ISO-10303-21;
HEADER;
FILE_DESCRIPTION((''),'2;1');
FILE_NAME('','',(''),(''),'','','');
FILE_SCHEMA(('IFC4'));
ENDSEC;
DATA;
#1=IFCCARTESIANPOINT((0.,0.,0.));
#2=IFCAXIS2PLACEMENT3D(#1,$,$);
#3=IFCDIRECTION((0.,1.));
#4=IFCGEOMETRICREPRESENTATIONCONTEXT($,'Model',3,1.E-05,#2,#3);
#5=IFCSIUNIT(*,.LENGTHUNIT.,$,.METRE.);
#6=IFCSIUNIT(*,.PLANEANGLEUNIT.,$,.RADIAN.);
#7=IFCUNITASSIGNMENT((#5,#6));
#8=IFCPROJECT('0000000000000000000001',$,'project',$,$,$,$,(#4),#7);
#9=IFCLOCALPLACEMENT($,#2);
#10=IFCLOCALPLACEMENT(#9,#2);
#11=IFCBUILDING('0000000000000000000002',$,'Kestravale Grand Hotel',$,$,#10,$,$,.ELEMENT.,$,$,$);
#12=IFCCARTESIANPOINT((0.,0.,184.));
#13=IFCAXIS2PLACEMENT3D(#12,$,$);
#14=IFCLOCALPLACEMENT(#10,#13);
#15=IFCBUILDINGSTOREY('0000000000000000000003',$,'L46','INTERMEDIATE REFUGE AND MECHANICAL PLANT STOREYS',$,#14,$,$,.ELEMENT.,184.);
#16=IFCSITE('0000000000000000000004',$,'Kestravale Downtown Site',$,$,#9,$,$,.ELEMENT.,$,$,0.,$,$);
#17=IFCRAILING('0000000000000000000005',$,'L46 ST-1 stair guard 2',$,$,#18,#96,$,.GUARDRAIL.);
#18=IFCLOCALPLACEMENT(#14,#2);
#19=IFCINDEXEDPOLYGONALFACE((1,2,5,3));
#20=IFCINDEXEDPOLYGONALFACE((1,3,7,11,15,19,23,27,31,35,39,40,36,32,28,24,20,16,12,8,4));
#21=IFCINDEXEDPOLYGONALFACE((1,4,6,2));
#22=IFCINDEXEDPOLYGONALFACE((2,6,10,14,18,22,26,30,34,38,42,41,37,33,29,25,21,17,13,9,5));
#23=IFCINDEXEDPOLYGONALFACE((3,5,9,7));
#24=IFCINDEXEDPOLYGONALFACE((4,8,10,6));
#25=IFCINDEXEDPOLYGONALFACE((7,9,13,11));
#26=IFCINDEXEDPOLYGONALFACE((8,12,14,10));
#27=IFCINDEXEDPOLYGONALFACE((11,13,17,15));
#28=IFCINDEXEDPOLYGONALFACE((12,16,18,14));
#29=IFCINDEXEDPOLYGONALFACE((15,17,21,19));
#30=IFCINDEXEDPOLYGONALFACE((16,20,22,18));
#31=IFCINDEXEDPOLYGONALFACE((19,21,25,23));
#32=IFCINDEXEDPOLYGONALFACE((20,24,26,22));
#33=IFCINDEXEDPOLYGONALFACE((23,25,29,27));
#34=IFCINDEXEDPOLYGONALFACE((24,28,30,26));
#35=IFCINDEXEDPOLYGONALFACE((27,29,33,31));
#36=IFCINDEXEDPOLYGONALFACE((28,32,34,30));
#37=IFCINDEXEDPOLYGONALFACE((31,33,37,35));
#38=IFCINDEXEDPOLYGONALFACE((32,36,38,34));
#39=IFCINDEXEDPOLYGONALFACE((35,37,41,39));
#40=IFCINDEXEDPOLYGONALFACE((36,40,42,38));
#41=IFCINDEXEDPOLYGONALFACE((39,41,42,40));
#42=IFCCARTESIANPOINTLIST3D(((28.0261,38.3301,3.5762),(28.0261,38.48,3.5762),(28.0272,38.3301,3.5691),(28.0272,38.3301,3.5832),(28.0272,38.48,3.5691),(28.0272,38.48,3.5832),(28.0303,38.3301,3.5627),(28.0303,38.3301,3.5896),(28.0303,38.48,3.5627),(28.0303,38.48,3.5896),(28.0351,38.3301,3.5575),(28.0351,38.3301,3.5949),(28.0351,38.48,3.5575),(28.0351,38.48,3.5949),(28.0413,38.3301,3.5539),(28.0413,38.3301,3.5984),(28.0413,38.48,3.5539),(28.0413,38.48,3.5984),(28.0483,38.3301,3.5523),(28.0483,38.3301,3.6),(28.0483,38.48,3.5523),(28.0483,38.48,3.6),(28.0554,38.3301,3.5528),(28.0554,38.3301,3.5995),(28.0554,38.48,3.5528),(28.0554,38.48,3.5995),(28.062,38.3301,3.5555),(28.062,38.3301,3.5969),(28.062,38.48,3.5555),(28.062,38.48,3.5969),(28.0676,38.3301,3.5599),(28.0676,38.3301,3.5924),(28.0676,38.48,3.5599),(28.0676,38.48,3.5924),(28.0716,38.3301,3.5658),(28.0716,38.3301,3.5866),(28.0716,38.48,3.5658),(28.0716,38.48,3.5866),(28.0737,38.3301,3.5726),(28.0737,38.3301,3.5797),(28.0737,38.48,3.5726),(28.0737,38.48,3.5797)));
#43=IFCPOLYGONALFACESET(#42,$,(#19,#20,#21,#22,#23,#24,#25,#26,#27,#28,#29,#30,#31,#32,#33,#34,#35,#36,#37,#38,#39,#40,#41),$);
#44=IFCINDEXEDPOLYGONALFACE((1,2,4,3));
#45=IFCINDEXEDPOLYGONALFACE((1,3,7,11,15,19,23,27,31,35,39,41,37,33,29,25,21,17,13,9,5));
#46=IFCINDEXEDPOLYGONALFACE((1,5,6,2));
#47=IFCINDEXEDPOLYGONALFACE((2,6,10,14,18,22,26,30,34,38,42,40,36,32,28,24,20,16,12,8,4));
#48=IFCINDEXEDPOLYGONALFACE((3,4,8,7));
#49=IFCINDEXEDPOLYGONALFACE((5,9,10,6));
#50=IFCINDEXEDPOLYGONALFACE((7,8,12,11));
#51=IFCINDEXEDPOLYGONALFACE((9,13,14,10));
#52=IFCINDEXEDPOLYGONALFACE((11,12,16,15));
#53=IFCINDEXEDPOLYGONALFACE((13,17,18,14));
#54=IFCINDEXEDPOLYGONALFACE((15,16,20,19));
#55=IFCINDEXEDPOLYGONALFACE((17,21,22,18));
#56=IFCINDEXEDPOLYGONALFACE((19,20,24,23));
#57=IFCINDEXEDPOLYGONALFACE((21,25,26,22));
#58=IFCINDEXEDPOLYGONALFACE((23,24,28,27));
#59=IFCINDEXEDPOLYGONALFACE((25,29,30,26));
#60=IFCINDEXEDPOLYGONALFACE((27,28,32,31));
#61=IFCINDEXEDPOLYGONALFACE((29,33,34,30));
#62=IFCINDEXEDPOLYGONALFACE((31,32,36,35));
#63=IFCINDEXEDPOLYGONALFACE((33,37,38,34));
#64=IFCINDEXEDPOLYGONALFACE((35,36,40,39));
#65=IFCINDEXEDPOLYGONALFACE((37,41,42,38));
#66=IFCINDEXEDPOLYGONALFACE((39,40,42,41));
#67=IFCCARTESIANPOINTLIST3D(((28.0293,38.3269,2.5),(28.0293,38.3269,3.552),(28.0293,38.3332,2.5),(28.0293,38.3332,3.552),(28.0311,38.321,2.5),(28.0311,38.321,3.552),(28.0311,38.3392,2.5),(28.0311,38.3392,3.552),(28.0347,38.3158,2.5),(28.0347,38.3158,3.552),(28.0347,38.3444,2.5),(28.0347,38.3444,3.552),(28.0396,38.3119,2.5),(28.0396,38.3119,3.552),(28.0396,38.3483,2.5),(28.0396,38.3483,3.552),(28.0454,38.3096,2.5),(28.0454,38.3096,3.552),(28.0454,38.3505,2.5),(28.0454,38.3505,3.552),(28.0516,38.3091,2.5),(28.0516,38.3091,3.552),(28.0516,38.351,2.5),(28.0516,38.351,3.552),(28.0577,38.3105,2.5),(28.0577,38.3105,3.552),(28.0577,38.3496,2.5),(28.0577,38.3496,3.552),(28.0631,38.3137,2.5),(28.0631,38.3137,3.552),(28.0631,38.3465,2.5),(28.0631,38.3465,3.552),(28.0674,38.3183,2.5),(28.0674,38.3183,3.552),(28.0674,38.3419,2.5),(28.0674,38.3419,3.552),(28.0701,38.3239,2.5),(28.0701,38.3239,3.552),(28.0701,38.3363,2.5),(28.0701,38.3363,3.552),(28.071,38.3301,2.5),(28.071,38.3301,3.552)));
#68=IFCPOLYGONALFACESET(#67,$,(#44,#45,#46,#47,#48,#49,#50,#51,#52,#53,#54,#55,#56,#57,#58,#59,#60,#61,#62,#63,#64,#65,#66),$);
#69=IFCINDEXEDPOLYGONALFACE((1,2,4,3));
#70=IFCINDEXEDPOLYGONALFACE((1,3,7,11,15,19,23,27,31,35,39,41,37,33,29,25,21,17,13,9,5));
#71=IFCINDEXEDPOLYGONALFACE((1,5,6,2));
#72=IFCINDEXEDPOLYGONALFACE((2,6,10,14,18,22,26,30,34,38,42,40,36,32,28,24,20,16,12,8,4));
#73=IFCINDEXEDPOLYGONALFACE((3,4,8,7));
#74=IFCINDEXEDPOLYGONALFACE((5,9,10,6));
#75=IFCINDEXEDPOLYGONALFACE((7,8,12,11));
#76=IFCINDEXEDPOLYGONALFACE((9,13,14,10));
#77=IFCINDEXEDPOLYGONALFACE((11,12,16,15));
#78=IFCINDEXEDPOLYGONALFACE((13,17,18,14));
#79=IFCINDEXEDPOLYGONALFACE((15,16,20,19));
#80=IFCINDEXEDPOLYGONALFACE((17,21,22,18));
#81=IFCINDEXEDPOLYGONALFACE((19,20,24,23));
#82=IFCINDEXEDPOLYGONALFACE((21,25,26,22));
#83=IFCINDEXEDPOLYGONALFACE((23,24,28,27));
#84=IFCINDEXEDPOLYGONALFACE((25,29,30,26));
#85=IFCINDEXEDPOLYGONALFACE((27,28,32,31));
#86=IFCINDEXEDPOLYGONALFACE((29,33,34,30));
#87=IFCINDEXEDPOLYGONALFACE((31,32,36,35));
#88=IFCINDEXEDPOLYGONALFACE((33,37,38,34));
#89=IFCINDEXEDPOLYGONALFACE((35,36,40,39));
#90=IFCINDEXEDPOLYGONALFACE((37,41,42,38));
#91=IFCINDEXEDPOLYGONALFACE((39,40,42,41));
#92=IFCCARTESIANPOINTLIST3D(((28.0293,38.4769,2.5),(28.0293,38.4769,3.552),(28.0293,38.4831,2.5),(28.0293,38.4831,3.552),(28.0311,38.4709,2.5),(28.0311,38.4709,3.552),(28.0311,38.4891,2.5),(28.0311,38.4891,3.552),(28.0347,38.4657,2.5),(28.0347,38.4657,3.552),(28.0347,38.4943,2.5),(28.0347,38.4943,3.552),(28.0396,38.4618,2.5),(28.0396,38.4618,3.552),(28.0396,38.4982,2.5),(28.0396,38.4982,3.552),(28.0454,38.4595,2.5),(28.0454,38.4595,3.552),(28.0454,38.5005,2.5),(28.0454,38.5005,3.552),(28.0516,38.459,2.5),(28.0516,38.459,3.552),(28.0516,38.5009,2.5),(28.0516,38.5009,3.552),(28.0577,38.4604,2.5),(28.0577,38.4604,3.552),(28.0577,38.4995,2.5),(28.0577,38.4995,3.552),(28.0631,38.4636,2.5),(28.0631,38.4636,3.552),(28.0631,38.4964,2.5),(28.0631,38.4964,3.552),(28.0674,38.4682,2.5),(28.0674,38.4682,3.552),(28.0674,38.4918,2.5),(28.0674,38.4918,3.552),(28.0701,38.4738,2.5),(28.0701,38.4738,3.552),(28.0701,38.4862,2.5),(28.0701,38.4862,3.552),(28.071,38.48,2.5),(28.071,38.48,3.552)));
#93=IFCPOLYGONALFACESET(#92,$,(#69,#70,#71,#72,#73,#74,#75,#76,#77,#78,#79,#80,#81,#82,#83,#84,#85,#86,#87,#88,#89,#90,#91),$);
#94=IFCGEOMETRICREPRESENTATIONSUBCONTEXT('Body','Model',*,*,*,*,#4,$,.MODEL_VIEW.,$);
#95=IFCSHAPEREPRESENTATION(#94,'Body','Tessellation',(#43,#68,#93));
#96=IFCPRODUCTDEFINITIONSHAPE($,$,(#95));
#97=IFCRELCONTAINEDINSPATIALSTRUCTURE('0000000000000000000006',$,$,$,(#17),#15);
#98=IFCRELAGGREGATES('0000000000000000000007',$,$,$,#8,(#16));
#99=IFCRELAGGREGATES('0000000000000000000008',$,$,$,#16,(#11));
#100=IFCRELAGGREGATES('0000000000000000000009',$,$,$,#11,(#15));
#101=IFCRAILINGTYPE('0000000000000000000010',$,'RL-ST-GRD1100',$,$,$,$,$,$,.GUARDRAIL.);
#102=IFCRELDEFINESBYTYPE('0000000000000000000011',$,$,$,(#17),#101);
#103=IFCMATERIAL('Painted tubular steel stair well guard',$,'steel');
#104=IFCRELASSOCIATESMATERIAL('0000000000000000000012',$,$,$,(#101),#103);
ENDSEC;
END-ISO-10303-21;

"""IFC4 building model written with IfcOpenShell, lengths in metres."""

from ifc_helpers import new_model, si_unit, direction, frame, origin, origin_2d, place, context, subcontext, project, spatial, circle, extrude, material, type_object, element, save


model = new_model("IFC4")

# Units and contexts
model_context = context("Model", 3, precision=1e-05, world=origin(), true_north=direction((0.0, 1.0)))
body_context = subcontext(model_context, "Body", "Model", "MODEL_VIEW")
ifc_project = project(units=[si_unit("LENGTHUNIT", "METRE"), si_unit("PLANEANGLEUNIT", "RADIAN")], contexts=[model_context])

# Site, building, storey
site_placement = place(None, origin())
site = spatial("IfcSite", under=ifc_project, at=site_placement, Name="Kestravale Downtown Site", CompositionType="ELEMENT", RefElevation=0.0)
building_placement = place(site_placement, origin())
building = spatial("IfcBuilding", under=site, at=building_placement, Name="Kestravale Grand Hotel", CompositionType="ELEMENT")
storey_placement = place(building_placement, frame((0.0, 0.0, 184.0)))
storey = spatial("IfcBuildingStorey", under=building, at=storey_placement, Name="L46", Description="INTERMEDIATE REFUGE AND MECHANICAL PLANT STOREYS", CompositionType="ELEMENT", Elevation=184.0)

# Railing
ifc_material_1 = material(Name="Painted tubular steel stair well guard", Category="steel")
railing_type_1 = type_object("IfcRailingType", Name="RL-ST-GRD1100", PredefinedType="GUARDRAIL", material=ifc_material_1)
railing_1_placement = place(storey_placement, frame((28.05, 38.3301, 2.5)))
element("IfcRailing", 1, at=railing_1_placement, inside=storey, type_object=railing_type_1, Name="L46 ST-1 stair guard 2", PredefinedType="GUARDRAIL", context=body_context, shape_type="SweptSolid", body=[
    extrude(circle(Radius=0.0239, at=origin_2d()), frame((0.0, 0.0, 1.0762), z_axis=(0.0, 1.0, 0.0), x_axis=(-1.0, 0.0, 0.0)), (0.0, 0.0, 1.0), 0.1499),
    extrude(circle(Radius=0.021, at=origin_2d()), origin(), (0.0, 0.0, 1.0), 1.052),
    extrude(circle(Radius=0.021, at=origin_2d()), frame((0.0, 0.1499, 0.0)), (0.0, 0.0, 1.0), 1.052),
])

save(model, "model.ifc")
